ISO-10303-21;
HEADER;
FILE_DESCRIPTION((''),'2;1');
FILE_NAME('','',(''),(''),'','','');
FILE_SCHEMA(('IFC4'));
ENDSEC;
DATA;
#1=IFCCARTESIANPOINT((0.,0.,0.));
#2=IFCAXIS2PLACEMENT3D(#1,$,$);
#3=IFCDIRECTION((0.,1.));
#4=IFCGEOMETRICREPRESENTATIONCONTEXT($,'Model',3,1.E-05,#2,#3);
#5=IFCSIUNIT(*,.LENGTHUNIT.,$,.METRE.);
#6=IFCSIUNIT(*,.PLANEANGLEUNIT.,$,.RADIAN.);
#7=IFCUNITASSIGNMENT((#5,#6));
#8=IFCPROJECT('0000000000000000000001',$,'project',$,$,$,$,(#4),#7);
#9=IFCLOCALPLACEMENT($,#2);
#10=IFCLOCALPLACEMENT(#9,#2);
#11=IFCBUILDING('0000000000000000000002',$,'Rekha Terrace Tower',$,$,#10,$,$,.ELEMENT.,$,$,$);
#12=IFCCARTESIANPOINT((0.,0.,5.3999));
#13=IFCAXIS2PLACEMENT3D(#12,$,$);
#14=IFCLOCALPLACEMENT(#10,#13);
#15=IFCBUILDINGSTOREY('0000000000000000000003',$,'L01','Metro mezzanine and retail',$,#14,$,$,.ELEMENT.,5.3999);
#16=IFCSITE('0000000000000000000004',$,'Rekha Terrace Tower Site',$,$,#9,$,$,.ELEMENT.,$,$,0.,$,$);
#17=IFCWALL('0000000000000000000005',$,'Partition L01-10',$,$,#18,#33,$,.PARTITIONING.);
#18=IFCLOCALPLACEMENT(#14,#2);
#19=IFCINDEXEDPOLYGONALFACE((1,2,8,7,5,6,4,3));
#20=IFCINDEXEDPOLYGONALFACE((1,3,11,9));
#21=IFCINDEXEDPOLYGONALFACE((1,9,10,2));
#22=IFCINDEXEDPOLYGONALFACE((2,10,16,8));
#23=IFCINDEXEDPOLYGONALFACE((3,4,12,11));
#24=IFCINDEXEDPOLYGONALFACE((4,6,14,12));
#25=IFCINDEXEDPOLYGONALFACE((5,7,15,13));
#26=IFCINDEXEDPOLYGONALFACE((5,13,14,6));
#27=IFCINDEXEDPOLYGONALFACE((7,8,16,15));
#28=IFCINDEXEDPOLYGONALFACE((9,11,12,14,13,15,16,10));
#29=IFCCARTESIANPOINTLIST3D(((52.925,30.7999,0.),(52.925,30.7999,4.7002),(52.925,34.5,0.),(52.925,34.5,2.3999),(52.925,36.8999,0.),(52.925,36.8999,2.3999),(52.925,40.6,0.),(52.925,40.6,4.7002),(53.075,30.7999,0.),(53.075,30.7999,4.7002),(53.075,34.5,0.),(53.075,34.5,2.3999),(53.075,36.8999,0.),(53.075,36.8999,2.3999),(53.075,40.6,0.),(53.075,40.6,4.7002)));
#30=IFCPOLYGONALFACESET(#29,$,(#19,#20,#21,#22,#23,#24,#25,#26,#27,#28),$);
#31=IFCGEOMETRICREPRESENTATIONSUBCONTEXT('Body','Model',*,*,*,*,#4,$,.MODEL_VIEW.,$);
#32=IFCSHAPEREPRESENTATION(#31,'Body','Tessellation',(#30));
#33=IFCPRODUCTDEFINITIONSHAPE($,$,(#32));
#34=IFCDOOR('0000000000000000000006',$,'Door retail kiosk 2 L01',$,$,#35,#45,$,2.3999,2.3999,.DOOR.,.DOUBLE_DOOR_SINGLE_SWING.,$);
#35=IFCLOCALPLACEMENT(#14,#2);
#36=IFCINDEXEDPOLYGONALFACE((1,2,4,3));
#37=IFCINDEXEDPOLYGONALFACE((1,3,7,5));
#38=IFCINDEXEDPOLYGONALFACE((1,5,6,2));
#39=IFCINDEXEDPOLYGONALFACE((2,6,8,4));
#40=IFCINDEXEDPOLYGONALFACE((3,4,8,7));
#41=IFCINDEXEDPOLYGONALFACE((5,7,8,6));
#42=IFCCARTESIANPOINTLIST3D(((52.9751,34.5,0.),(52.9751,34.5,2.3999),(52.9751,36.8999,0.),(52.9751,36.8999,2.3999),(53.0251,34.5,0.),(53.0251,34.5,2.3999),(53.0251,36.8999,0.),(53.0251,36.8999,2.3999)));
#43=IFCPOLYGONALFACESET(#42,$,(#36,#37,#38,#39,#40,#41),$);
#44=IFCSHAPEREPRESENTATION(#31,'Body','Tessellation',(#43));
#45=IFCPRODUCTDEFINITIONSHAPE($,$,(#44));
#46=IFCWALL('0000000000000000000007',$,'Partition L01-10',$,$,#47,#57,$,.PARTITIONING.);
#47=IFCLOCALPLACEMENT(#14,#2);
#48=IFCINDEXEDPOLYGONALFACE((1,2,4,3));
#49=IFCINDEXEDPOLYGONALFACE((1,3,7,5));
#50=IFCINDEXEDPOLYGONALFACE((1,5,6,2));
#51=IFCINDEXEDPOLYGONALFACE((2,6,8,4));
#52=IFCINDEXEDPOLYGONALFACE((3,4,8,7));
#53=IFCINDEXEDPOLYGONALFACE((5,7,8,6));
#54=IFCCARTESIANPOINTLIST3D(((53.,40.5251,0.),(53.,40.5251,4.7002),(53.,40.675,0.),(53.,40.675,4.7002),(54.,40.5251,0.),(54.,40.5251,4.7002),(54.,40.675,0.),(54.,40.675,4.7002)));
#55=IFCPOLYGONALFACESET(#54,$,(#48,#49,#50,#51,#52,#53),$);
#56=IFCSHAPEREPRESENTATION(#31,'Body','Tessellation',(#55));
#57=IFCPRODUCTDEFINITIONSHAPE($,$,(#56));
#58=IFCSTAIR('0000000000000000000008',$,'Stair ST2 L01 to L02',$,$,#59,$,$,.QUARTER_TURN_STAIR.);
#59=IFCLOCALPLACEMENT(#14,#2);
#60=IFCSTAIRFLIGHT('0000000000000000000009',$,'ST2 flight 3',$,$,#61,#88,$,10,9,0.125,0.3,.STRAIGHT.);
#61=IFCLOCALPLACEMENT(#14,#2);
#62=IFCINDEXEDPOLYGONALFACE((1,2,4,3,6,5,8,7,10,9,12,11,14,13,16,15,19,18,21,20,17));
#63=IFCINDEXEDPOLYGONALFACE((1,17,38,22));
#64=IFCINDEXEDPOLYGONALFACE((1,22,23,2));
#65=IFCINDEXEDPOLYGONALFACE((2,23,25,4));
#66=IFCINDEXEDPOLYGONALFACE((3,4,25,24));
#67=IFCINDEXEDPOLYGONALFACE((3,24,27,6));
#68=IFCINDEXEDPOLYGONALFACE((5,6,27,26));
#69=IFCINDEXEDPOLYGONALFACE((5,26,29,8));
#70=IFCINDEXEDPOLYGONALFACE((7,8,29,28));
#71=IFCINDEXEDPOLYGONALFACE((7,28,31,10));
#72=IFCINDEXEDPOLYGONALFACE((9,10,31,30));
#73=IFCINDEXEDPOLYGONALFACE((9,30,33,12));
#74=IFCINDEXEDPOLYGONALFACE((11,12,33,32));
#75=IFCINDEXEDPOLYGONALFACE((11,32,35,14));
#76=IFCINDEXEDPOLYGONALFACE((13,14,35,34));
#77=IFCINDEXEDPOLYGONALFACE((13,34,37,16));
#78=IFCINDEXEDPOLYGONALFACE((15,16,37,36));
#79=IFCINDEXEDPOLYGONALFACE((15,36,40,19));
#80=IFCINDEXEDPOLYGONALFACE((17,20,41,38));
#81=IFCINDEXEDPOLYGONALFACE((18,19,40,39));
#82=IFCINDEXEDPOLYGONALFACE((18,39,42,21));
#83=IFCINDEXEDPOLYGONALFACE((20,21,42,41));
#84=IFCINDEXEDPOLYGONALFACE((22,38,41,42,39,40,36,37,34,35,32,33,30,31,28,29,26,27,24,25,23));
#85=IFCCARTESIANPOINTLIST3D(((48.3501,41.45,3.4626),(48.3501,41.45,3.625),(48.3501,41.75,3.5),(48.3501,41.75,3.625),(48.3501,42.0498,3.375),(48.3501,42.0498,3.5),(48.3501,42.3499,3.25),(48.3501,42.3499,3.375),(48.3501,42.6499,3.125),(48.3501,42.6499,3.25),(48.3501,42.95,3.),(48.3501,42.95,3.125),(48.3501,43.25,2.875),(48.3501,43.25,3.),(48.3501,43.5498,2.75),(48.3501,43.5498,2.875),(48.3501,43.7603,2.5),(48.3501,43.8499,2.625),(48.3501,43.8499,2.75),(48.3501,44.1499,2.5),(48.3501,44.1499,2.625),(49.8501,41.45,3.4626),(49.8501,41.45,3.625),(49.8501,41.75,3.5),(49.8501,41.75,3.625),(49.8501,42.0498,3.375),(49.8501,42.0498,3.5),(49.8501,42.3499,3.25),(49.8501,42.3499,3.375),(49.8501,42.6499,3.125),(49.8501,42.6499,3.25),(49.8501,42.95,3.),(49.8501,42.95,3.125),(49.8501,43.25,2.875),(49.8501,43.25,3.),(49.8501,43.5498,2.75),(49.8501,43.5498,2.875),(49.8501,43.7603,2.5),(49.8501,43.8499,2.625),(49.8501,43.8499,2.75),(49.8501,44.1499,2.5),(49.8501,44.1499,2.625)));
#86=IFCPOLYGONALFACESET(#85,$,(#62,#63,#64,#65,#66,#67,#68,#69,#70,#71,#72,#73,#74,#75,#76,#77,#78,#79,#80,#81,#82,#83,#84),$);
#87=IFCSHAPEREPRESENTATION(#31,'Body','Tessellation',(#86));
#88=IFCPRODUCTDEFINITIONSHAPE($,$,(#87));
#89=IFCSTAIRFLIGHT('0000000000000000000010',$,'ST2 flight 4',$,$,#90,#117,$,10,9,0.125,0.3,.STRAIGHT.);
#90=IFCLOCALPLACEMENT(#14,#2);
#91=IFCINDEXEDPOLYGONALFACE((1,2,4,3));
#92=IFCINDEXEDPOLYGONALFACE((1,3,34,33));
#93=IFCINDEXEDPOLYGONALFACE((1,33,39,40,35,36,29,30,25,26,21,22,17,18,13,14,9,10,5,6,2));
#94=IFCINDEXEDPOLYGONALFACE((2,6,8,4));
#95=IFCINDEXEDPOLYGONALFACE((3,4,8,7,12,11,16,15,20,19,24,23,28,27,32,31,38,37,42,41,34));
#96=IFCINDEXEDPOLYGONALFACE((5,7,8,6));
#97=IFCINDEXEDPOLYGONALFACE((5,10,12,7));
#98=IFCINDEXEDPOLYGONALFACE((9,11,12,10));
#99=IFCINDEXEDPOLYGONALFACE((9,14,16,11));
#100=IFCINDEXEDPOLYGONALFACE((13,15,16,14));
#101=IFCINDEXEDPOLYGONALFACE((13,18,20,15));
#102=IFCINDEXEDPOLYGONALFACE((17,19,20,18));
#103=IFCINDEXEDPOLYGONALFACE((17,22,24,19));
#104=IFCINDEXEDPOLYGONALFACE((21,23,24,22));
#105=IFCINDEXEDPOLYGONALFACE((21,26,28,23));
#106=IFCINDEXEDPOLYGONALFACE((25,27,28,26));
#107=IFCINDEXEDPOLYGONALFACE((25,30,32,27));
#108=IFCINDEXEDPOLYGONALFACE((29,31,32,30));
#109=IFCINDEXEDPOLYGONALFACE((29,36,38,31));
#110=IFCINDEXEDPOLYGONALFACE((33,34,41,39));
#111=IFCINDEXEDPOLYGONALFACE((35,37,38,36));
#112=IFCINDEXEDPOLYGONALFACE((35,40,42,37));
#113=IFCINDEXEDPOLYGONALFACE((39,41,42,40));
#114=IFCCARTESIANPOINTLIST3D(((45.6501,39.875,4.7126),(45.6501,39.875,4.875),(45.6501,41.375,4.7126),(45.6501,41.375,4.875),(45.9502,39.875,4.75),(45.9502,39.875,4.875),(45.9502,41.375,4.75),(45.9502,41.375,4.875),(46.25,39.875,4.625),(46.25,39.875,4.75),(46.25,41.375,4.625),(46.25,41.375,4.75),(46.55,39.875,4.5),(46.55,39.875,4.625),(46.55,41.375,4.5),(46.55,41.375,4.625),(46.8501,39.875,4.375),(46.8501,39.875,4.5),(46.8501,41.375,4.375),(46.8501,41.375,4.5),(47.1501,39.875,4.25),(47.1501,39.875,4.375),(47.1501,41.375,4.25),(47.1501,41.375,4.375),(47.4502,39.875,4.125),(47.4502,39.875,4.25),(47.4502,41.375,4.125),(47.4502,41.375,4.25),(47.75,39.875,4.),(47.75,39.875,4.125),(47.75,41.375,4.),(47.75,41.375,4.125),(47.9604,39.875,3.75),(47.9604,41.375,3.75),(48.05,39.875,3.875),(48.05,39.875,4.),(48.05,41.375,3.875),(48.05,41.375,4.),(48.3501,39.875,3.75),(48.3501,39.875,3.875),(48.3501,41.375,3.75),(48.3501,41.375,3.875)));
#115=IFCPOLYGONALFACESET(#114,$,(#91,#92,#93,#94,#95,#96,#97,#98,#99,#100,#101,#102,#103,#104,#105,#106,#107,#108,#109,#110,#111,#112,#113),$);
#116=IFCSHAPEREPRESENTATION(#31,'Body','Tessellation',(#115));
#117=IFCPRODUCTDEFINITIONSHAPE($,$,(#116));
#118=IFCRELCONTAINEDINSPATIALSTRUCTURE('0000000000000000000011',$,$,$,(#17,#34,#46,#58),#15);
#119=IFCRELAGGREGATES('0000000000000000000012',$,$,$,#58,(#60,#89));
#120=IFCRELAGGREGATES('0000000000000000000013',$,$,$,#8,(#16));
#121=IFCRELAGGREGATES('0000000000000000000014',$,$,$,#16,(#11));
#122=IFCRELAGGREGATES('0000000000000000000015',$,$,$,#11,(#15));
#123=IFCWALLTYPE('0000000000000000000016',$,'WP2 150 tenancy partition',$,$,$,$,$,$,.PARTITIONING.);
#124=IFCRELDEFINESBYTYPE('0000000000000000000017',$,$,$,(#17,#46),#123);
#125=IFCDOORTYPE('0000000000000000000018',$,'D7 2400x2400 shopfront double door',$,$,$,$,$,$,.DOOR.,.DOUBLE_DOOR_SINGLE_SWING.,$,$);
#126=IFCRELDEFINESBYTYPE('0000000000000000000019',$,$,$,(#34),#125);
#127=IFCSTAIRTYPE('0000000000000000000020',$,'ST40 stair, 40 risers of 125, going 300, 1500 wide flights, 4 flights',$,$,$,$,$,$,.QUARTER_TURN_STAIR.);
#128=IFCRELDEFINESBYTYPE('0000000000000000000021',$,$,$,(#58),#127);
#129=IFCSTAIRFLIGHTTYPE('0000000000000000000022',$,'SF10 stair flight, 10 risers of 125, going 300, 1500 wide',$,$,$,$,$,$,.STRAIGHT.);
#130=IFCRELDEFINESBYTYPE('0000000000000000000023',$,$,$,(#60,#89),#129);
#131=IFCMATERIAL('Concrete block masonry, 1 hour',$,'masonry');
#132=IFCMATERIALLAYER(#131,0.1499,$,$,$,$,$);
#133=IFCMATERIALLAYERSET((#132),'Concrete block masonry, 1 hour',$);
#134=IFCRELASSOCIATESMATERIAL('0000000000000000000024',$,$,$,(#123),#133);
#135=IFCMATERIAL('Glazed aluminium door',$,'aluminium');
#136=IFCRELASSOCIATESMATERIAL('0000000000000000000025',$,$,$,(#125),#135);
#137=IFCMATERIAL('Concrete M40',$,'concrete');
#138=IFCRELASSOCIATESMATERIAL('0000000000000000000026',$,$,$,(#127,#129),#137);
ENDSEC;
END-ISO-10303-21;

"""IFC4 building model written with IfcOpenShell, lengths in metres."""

from ifc_helpers import new_model, si_unit, direction, frame, frame_2d, origin, place, context, subcontext, project, spatial, polyline, rectangle, outline, extrude, material, layer, layer_set, type_object, element, fill, aggregate, save


model = new_model("IFC4")

# Units and contexts
model_context = context("Model", 3, precision=1e-05, world=origin(), true_north=direction((0.0, 1.0)))
body_context = subcontext(model_context, "Body", "Model", "MODEL_VIEW")
ifc_project = project(units=[si_unit("LENGTHUNIT", "METRE"), si_unit("PLANEANGLEUNIT", "RADIAN")], contexts=[model_context])

# Site, building, storey
site_placement = place(None, origin())
site = spatial("IfcSite", under=ifc_project, at=site_placement, Name="Rekha Terrace Tower Site", CompositionType="ELEMENT", RefElevation=0.0)
building_placement = place(site_placement, origin())
building = spatial("IfcBuilding", under=site, at=building_placement, Name="Rekha Terrace Tower", CompositionType="ELEMENT")
storey_placement = place(building_placement, frame((0.0, 0.0, 5.3999)))
storey = spatial("IfcBuildingStorey", under=building, at=storey_placement, Name="L01", Description="Metro mezzanine and retail", CompositionType="ELEMENT", Elevation=5.3999)

# Shared definitions
ifc_material_1 = material(Name="Concrete block masonry, 1 hour", Category="masonry")
ifc_layer = layer(ifc_material_1, 0.1499)
ifc_layer_set = layer_set([ifc_layer], Name="Concrete block masonry, 1 hour")
wall_type = type_object("IfcWallType", Name="WP2 150 tenancy partition", PredefinedType="PARTITIONING", material=ifc_layer_set)

# Shared definitions
ifc_material_2 = material(Name="Glazed aluminium door", Category="aluminium")
door_type = type_object("IfcDoorType", Name="D7 2400x2400 shopfront double door", OperationType="DOUBLE_DOOR_SINGLE_SWING", PredefinedType="DOOR", material=ifc_material_2)

# Wall, opening, door
wall_1_placement = place(storey_placement, frame((53.0, 30.8, 0.0), z_axis=(0.0, 0.0, 1.0), x_axis=(0.0, 1.0, 0.0)))
wall_1 = element("IfcWall", 1, at=wall_1_placement, inside=storey, type_object=wall_type, Name="Partition L01-10", PredefinedType="PARTITIONING", context=body_context, shape_type="SweptSolid", body=[
    extrude(rectangle(XDim=9.8, YDim=0.1499, at=frame_2d((4.8999, 0.0))), origin(), (0.0, 0.0, 1.0), 4.7002),
])
opening_1_placement = place(wall_1_placement, frame((3.7, 0.0, 0.0)))
opening_1 = element("IfcOpeningElement", 2, at=opening_1_placement, cuts=wall_1, PredefinedType="OPENING", context=body_context, shape_type="SweptSolid", body=[
    extrude(rectangle(XDim=2.3999, YDim=2.3999, at=frame_2d((1.2, 1.2))), frame((0.0, 0.085, 0.0), z_axis=(0.0, -1.0, 0.0), x_axis=(1.0, 0.0, 0.0)), (0.0, 0.0, 1.0), 0.1699),
])
door_1_placement = place(opening_1_placement, origin())
door_1 = element("IfcDoor", 3, at=door_1_placement, inside=storey, type_object=door_type, Name="Door retail kiosk 2 L01", OperationType="DOUBLE_DOOR_SINGLE_SWING", OverallHeight=2.3999, OverallWidth=2.3999, PredefinedType="DOOR", context=body_context, shape_type="SweptSolid", body=[
    extrude(rectangle(XDim=2.3999, YDim=2.3999, at=frame_2d((1.2, 1.2))), frame((0.0, 0.0249, 0.0), z_axis=(0.0, -1.0, 0.0), x_axis=(1.0, 0.0, 0.0)), (0.0, 0.0, 1.0), 0.05),
])
fill(opening_1, door_1)

# Wall
wall_2_placement = place(storey_placement, frame((53.0, 40.6001, 0.0), z_axis=(0.0, 0.0, 1.0), x_axis=(1.0, 0.0, 0.0)))
element("IfcWall", 4, at=wall_2_placement, inside=storey, type_object=wall_type, Name="Partition L01-10", PredefinedType="PARTITIONING", context=body_context, shape_type="SweptSolid", body=[
    extrude(rectangle(XDim=1.0, YDim=0.1499, at=frame_2d((0.5, 0.0))), origin(), (0.0, 0.0, 1.0), 4.7002),
])

# Stair, stair flights
ifc_material_3 = material(Name="Concrete M40", Category="concrete")
stair_type = type_object("IfcStairType", Name="ST40 stair, 40 risers of 125, going 300, 1500 wide flights, 4 flights", PredefinedType="QUARTER_TURN_STAIR", material=ifc_material_3)
stair_placement = place(storey_placement, origin())
stair = element("IfcStair", 5, at=stair_placement, inside=storey, type_object=stair_type, Name="Stair ST2 L01 to L02", PredefinedType="QUARTER_TURN_STAIR")
stair_flight_type = type_object("IfcStairFlightType", Name="SF10 stair flight, 10 risers of 125, going 300, 1500 wide", PredefinedType="STRAIGHT", material=ifc_material_3)
stair_flight_1_placement = place(storey_placement, frame((49.1001, 44.1499, 2.5), z_axis=(0.0, 0.0, 1.0), x_axis=(0.0, -1.0, 0.0)))
stair_flight_1 = element("IfcStairFlight", 6, at=stair_flight_1_placement, type_object=stair_flight_type, Name="ST2 flight 3", NumberOfRisers=10, NumberOfTreads=9, PredefinedType="STRAIGHT", RiserHeight=0.125, TreadLength=0.3, context=body_context, shape_type="SweptSolid", body=[
    extrude(outline(polyline([(0.0, 0.0), (0.0, 0.125), (0.3, 0.125), (0.3, 0.25), (0.6001, 0.25), (0.6001, 0.375), (0.8999, 0.375), (0.8999, 0.5), (1.2, 0.5), (1.2, 0.625), (1.5, 0.625), (1.5, 0.75), (1.8, 0.75), (1.8, 0.875), (2.1001, 0.875), (2.1001, 1.0), (2.3999, 1.0), (2.3999, 1.125), (2.7, 1.125), (2.7, 1.25), (2.7, 0.9626), (0.3896, 0.0), (0.0, 0.0)])), frame((0.0, 0.75, 0.0), z_axis=(0.0, -1.0, 0.0), x_axis=(1.0, 0.0, 0.0)), (0.0, 0.0, 1.0), 1.5),
])
stair_flight_2_placement = place(storey_placement, frame((48.3501, 40.625, 3.75), z_axis=(0.0, 0.0, 1.0), x_axis=(-1.0, 0.0, 0.0)))
stair_flight_2 = element("IfcStairFlight", 7, at=stair_flight_2_placement, type_object=stair_flight_type, Name="ST2 flight 4", NumberOfRisers=10, NumberOfTreads=9, PredefinedType="STRAIGHT", RiserHeight=0.125, TreadLength=0.3, context=body_context, shape_type="SweptSolid", body=[
    extrude(outline(polyline([(0.0, 0.0), (0.0, 0.125), (0.3, 0.125), (0.3, 0.25), (0.6001, 0.25), (0.6001, 0.375), (0.8999, 0.375), (0.8999, 0.5), (1.2, 0.5), (1.2, 0.625), (1.5, 0.625), (1.5, 0.75), (1.8, 0.75), (1.8, 0.875), (2.1001, 0.875), (2.1001, 1.0), (2.3999, 1.0), (2.3999, 1.125), (2.7, 1.125), (2.7, 1.25), (2.7, 0.9626), (0.3896, 0.0), (0.0, 0.0)])), frame((0.0, 0.75, 0.0), z_axis=(0.0, -1.0, 0.0), x_axis=(1.0, 0.0, 0.0)), (0.0, 0.0, 1.0), 1.5),
])
aggregate(stair, [stair_flight_1, stair_flight_2])

save(model, "model.ifc")
